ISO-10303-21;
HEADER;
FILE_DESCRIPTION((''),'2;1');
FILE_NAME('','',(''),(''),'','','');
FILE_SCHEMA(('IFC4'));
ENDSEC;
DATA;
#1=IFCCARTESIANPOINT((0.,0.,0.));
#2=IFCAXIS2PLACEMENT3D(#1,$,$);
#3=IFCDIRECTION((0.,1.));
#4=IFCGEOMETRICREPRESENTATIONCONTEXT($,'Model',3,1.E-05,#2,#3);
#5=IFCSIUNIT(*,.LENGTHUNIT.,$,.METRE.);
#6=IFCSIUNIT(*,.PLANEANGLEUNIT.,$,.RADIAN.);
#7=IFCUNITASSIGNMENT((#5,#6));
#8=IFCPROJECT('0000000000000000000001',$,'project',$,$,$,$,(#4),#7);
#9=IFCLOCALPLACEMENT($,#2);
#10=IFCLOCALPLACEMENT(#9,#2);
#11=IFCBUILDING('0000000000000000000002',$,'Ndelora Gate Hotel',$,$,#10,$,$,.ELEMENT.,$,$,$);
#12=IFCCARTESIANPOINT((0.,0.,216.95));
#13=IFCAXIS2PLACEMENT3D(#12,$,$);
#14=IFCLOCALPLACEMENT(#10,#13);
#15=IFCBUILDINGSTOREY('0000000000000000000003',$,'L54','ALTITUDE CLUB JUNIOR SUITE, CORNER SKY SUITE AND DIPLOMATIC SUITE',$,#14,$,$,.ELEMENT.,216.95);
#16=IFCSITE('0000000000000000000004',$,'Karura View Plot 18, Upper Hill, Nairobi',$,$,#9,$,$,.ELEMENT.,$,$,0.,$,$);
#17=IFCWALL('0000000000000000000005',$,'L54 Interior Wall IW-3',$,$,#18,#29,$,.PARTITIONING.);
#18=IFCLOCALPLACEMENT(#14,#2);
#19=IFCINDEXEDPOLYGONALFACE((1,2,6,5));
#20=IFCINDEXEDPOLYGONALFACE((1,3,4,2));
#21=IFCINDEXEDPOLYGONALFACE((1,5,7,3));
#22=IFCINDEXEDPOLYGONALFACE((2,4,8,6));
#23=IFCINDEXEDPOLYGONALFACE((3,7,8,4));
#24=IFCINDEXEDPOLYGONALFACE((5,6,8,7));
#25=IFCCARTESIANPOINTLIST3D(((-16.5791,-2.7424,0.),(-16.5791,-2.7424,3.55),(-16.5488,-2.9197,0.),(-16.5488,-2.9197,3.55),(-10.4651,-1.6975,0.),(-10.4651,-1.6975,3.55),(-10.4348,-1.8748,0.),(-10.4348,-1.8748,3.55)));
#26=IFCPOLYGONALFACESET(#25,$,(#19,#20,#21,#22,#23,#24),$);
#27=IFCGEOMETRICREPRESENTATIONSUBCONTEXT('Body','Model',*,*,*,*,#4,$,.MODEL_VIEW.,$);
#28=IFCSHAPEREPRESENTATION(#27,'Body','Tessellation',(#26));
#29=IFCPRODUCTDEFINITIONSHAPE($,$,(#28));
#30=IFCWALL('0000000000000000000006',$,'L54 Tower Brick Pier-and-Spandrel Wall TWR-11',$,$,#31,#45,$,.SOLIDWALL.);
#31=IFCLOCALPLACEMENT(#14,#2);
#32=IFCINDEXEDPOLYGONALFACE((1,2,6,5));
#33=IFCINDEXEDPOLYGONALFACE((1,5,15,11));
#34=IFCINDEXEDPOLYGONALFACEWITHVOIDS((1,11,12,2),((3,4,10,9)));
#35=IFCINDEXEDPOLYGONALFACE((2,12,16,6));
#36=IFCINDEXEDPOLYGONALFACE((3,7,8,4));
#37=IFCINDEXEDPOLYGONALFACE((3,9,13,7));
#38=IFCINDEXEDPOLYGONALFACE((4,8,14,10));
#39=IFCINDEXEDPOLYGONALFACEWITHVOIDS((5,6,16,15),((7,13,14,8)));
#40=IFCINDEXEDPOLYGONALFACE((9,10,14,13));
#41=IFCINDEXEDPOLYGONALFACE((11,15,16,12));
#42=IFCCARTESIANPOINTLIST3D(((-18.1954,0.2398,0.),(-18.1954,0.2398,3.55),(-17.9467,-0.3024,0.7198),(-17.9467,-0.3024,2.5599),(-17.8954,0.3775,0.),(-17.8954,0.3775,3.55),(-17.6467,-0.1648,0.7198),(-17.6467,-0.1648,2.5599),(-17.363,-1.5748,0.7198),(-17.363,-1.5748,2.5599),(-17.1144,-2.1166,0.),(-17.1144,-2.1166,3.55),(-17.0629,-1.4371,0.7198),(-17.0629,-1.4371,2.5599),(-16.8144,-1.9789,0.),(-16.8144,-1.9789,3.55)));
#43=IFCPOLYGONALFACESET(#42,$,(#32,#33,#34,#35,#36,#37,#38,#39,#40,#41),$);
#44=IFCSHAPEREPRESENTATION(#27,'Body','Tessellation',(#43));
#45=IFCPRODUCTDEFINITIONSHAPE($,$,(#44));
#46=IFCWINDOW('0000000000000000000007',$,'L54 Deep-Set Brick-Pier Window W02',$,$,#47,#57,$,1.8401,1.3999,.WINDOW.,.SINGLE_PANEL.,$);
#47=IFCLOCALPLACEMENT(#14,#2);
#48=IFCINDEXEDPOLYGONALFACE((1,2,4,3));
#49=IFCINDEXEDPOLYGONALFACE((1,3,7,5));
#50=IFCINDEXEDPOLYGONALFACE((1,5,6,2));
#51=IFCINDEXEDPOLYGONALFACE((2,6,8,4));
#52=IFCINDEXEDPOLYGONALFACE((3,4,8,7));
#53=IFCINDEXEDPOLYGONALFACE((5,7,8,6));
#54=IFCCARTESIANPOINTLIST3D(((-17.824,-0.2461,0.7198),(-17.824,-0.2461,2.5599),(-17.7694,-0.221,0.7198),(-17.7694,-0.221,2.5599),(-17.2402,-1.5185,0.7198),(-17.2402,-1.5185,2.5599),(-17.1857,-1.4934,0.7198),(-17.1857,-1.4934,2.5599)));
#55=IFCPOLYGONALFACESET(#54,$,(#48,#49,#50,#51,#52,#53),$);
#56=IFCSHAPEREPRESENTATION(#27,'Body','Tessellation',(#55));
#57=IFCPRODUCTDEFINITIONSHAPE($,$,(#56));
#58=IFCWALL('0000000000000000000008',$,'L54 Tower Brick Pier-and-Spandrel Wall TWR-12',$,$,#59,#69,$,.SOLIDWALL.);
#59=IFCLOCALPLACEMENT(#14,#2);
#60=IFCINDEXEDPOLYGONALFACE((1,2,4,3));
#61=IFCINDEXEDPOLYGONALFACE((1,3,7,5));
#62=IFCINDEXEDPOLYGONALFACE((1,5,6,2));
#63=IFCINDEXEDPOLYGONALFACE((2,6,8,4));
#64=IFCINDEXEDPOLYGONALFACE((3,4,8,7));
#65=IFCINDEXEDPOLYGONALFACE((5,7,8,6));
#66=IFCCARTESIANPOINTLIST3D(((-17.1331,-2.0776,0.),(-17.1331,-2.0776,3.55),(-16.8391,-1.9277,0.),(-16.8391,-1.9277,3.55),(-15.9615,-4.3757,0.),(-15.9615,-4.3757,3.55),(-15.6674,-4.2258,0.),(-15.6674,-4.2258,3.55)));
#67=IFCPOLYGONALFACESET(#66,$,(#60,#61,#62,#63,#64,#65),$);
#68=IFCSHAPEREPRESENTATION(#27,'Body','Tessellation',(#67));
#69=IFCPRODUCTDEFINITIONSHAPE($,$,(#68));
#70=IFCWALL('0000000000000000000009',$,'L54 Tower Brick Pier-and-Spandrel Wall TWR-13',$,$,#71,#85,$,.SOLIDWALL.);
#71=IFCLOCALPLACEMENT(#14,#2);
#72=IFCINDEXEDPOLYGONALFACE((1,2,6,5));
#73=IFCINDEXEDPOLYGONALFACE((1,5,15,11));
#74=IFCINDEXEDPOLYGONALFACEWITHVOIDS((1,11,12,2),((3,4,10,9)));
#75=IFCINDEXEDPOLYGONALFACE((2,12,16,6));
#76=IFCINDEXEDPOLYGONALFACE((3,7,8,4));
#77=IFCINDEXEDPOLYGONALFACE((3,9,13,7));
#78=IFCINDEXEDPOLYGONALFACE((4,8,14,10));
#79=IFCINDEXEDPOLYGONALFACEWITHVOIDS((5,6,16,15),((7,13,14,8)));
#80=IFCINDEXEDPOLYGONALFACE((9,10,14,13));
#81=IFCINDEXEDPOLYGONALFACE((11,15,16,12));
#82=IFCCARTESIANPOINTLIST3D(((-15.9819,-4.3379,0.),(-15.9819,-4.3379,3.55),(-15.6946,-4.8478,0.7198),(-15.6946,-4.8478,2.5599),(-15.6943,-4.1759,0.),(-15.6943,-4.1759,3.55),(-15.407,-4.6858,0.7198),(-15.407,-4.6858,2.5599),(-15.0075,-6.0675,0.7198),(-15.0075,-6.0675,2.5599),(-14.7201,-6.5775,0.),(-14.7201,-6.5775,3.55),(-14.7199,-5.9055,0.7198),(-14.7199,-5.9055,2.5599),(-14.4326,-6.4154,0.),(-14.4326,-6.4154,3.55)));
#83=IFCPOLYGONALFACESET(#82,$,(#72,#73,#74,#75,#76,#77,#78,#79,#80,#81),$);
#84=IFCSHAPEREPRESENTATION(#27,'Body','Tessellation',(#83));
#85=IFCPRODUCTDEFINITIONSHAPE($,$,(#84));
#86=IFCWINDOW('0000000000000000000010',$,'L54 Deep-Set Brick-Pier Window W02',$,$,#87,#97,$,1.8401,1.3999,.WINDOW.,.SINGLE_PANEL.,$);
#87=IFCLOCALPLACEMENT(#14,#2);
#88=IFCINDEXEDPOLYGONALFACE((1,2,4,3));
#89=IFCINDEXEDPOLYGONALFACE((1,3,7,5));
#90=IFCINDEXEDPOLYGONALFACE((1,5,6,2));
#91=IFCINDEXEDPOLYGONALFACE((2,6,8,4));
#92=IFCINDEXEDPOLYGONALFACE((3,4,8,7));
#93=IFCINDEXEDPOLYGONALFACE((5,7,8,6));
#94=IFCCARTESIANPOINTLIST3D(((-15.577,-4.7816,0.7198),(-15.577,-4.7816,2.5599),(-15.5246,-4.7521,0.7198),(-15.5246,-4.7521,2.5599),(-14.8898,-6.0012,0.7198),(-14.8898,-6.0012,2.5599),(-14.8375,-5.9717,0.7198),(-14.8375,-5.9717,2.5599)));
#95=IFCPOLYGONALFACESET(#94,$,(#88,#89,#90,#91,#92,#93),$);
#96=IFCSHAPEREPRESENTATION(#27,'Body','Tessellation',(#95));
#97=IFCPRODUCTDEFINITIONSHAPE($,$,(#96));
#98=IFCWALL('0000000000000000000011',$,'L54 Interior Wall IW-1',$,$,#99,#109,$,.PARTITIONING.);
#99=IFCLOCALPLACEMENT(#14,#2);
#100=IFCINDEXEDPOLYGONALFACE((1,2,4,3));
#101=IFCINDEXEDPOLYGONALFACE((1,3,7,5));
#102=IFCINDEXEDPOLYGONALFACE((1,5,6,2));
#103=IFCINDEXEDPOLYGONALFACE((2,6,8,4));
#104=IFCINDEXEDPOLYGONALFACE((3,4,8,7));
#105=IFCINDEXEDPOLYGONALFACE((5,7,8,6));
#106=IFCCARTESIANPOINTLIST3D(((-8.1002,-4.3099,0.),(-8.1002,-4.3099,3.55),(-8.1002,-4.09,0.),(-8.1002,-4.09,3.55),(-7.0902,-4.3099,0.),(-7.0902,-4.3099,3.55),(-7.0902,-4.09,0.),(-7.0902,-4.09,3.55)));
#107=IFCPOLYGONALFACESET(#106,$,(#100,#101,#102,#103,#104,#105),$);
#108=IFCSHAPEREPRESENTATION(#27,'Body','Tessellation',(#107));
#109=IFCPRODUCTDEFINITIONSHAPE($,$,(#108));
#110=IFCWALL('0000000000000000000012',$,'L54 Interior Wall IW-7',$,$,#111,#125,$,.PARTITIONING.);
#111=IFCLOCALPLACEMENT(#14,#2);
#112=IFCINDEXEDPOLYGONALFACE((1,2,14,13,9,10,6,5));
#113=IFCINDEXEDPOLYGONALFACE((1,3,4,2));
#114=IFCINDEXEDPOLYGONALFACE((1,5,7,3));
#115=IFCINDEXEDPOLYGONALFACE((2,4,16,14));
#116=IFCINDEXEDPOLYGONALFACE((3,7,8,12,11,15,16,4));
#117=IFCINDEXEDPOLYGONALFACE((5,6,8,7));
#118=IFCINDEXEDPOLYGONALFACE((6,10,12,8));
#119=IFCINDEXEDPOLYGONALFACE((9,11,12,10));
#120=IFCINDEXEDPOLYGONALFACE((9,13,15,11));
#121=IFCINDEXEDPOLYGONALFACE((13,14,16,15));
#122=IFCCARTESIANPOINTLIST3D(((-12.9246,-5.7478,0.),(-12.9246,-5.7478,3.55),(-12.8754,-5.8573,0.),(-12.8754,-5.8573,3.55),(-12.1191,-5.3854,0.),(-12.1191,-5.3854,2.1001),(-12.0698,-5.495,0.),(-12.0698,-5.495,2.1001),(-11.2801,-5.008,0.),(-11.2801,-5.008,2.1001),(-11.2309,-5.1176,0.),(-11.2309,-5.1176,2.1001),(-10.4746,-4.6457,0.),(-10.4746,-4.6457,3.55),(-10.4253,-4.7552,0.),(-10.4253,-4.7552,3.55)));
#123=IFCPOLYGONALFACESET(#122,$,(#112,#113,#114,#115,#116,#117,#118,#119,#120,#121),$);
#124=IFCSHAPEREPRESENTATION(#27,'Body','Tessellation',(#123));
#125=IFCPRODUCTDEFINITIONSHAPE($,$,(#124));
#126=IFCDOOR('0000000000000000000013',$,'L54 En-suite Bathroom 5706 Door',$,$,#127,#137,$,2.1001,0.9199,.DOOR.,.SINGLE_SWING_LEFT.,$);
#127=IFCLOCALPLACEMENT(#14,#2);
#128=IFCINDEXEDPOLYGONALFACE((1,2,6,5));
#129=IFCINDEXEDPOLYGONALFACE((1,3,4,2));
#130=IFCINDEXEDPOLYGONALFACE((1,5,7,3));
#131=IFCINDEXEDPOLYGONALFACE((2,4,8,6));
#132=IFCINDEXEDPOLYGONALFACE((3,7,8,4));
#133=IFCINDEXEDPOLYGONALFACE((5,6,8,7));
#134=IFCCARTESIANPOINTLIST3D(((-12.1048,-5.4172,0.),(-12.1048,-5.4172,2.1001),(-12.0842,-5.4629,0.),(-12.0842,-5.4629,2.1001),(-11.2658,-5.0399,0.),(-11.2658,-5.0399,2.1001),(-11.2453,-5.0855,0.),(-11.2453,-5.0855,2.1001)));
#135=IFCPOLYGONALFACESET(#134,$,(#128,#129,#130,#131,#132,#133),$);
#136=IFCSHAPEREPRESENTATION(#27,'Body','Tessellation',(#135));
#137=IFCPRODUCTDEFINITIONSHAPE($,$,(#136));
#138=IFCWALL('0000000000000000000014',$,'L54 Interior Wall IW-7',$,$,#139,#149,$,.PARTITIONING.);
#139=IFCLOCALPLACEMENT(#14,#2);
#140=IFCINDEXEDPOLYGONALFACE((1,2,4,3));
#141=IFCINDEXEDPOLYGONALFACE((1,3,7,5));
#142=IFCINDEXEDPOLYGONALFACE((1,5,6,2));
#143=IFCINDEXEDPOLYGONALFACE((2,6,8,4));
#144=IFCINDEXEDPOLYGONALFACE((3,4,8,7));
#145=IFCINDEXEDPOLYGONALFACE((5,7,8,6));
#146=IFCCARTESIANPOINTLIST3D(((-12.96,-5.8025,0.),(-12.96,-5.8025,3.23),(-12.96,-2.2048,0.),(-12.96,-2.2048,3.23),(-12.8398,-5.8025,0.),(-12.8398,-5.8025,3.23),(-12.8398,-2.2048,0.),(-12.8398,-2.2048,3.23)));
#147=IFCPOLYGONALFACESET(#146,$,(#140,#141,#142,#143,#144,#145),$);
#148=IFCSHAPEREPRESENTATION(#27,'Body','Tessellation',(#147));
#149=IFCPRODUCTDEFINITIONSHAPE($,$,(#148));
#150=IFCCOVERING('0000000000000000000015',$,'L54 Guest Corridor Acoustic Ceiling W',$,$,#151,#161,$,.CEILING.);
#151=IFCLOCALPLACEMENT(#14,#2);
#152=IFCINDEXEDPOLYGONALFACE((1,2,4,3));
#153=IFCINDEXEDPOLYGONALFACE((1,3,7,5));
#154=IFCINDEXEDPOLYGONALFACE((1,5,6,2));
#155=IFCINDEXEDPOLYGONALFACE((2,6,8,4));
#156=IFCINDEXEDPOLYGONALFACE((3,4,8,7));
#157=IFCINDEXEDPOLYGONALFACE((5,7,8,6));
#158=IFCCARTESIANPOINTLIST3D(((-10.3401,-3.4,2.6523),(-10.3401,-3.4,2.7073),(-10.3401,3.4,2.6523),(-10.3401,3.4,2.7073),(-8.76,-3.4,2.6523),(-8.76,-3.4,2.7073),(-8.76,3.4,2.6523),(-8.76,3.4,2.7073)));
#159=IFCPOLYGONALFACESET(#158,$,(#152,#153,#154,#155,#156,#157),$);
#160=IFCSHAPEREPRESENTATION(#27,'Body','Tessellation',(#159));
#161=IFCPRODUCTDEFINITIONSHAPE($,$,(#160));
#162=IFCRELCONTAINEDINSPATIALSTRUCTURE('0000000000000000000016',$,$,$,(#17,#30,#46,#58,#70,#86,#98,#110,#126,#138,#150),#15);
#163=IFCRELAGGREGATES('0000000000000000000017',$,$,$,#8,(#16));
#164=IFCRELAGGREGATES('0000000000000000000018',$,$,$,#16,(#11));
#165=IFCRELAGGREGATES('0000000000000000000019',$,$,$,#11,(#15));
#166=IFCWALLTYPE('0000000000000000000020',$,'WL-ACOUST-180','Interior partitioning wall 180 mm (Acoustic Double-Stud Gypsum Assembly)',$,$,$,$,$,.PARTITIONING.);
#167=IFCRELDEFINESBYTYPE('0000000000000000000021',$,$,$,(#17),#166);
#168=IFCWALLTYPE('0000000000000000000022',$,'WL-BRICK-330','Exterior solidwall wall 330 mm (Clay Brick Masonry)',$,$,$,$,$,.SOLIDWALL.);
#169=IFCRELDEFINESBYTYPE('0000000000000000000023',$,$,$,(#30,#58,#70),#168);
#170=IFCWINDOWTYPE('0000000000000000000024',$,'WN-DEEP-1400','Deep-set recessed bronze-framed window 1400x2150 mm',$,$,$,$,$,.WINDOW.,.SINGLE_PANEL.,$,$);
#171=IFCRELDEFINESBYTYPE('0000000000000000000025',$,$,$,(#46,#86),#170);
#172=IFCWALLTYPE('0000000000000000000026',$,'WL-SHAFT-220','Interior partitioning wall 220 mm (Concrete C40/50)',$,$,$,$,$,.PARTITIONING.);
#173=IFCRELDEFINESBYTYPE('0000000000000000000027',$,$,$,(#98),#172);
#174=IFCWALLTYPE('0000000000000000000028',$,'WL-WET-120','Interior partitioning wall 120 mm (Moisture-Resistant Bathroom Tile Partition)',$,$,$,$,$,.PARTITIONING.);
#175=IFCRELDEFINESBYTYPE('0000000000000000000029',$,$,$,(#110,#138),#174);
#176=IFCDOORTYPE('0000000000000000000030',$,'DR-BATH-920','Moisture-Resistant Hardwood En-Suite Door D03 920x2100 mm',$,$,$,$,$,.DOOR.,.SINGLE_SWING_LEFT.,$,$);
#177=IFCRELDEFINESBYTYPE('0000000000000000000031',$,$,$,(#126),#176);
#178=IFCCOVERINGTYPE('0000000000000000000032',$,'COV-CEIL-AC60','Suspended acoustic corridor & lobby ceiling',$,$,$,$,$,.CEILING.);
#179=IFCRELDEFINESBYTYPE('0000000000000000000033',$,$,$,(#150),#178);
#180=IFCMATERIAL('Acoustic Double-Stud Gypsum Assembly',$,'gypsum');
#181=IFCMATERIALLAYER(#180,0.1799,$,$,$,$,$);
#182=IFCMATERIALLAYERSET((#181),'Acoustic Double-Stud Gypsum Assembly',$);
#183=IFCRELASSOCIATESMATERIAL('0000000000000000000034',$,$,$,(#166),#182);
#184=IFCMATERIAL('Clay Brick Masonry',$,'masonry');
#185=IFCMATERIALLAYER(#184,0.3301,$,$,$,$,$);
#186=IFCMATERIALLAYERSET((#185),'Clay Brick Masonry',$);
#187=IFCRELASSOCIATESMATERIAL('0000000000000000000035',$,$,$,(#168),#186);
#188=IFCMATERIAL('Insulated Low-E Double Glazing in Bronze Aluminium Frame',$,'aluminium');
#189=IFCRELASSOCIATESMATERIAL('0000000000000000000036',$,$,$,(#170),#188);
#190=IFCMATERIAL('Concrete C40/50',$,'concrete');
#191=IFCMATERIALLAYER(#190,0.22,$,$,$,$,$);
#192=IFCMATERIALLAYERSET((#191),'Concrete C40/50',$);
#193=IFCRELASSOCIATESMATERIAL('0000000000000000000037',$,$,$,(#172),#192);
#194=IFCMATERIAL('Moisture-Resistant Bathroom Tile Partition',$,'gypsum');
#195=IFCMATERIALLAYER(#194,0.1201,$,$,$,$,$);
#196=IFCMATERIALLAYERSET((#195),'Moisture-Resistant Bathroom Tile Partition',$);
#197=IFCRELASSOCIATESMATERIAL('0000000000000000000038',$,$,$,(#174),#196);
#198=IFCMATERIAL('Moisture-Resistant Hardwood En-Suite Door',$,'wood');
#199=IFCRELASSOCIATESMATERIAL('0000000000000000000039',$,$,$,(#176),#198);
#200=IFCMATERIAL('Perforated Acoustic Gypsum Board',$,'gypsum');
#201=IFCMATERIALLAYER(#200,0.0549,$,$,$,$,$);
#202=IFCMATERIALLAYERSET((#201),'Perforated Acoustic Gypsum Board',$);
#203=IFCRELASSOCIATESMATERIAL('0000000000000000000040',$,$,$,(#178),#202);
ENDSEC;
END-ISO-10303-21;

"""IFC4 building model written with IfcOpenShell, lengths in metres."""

from ifc_helpers import new_model, si_unit, direction, frame, frame_2d, origin, origin_2d, place, context, subcontext, project, spatial, rectangle, extrude, material, layer, layer_set, type_object, element, fill, save


model = new_model("IFC4")

# Units and contexts
model_context = context("Model", 3, precision=1e-05, world=origin(), true_north=direction((0.0, 1.0)))
body_context = subcontext(model_context, "Body", "Model", "MODEL_VIEW")
ifc_project = project(units=[si_unit("LENGTHUNIT", "METRE"), si_unit("PLANEANGLEUNIT", "RADIAN")], contexts=[model_context])

# Site, building, storey
site_placement = place(None, origin())
site = spatial("IfcSite", under=ifc_project, at=site_placement, Name="Karura View Plot 18, Upper Hill, Nairobi", CompositionType="ELEMENT", RefElevation=0.0)
building_placement = place(site_placement, origin())
building = spatial("IfcBuilding", under=site, at=building_placement, Name="Ndelora Gate Hotel", CompositionType="ELEMENT")
storey_placement = place(building_placement, frame((0.0, 0.0, 216.95)))
storey = spatial("IfcBuildingStorey", under=building, at=storey_placement, Name="L54", Description="ALTITUDE CLUB JUNIOR SUITE, CORNER SKY SUITE AND DIPLOMATIC SUITE", CompositionType="ELEMENT", Elevation=216.95)

# Wall
ifc_material_1 = material(Name="Acoustic Double-Stud Gypsum Assembly", Category="gypsum")
ifc_layer_1 = layer(ifc_material_1, 0.1799)
ifc_layer_set_1 = layer_set([ifc_layer_1], Name="Acoustic Double-Stud Gypsum Assembly")
wall_type_1 = type_object("IfcWallType", Name="WL-ACOUST-180", Description="Interior partitioning wall 180 mm (Acoustic Double-Stud Gypsum Assembly)", PredefinedType="PARTITIONING", material=ifc_layer_set_1)
wall_1_placement = place(storey_placement, frame((-10.45, -1.7861, 0.0), z_axis=(0.0, 0.0, 1.0), x_axis=(-0.985708, -0.168463, 0.0)))
element("IfcWall", 1, at=wall_1_placement, inside=storey, type_object=wall_type_1, Name="L54 Interior Wall IW-3", PredefinedType="PARTITIONING", context=body_context, shape_type="SweptSolid", body=[
    extrude(rectangle(XDim=6.2026, YDim=0.1799, at=frame_2d((3.1013, 0.0))), origin(), (0.0, 0.0, 1.0), 3.55),
])

# Wall, opening, window
ifc_material_2 = material(Name="Clay Brick Masonry", Category="masonry")
ifc_layer_2 = layer(ifc_material_2, 0.3301)
ifc_layer_set_2 = layer_set([ifc_layer_2], Name="Clay Brick Masonry")
wall_type_2 = type_object("IfcWallType", Name="WL-BRICK-330", Description="Exterior solidwall wall 330 mm (Clay Brick Masonry)", PredefinedType="SOLIDWALL", material=ifc_layer_set_2)
wall_2_placement = place(storey_placement, frame((-16.9644, -2.0479, 0.0), z_axis=(0.0, 0.0, 1.0), x_axis=(-0.416979, 0.908916, 0.0)))
wall_2 = element("IfcWall", 2, at=wall_2_placement, inside=storey, type_object=wall_type_2, Name="L54 Tower Brick Pier-and-Spandrel Wall TWR-11", PredefinedType="SOLIDWALL", context=body_context, shape_type="SweptSolid", body=[
    extrude(rectangle(XDim=2.5925, YDim=0.3301, at=frame_2d((1.2964, 0.0))), origin(), (0.0, 0.0, 1.0), 3.55),
])
opening_1_placement = place(wall_2_placement, frame((0.5962, 0.0, 0.72)))
opening_1 = element("IfcOpeningElement", 3, at=opening_1_placement, cuts=wall_2, PredefinedType="OPENING", context=body_context, shape_type="SweptSolid", body=[
    extrude(rectangle(XDim=1.3999, YDim=1.8401, at=frame_2d((0.7, 0.9199))), frame((0.0, 0.175, 0.0), z_axis=(0.0, -1.0, 0.0), x_axis=(1.0, 0.0, 0.0)), (0.0, 0.0, 1.0), 0.3501),
])
ifc_material_3 = material(Name="Insulated Low-E Double Glazing in Bronze Aluminium Frame", Category="aluminium")
window_type = type_object("IfcWindowType", Name="WN-DEEP-1400", Description="Deep-set recessed bronze-framed window 1400x2150 mm", PartitioningType="SINGLE_PANEL", PredefinedType="WINDOW", material=ifc_material_3)
window_1_placement = place(opening_1_placement, origin())
window_1 = element("IfcWindow", 4, at=window_1_placement, inside=storey, type_object=window_type, Name="L54 Deep-Set Brick-Pier Window W02", OverallHeight=1.8401, OverallWidth=1.3999, PartitioningType="SINGLE_PANEL", PredefinedType="WINDOW", context=body_context, shape_type="SweptSolid", body=[
    extrude(rectangle(XDim=1.3999, YDim=1.8401, at=frame_2d((0.7, 0.9199))), frame((0.0, 0.03, 0.0), z_axis=(0.0, -1.0, 0.0), x_axis=(1.0, 0.0, 0.0)), (0.0, 0.0, 1.0), 0.0601),
])
fill(opening_1, window_1)

# Wall
wall_3_placement = place(storey_placement, frame((-15.8145, -4.3008, 0.0), z_axis=(0.0, 0.0, 1.0), x_axis=(-0.454204, 0.890898, 0.0)))
element("IfcWall", 5, at=wall_3_placement, inside=storey, type_object=wall_type_2, Name="L54 Tower Brick Pier-and-Spandrel Wall TWR-12", PredefinedType="SOLIDWALL", context=body_context, shape_type="SweptSolid", body=[
    extrude(rectangle(XDim=2.5796, YDim=0.3301, at=frame_2d((1.2898, 0.0))), origin(), (0.0, 0.0, 1.0), 3.55),
])

# Wall, opening, window
wall_4_placement = place(storey_placement, frame((-14.5764, -6.4963, 0.0), z_axis=(0.0, 0.0, 1.0), x_axis=(-0.490852, 0.871243, 0.0)))
wall_4 = element("IfcWall", 6, at=wall_4_placement, inside=storey, type_object=wall_type_2, Name="L54 Tower Brick Pier-and-Spandrel Wall TWR-13", PredefinedType="SOLIDWALL", context=body_context, shape_type="SweptSolid", body=[
    extrude(rectangle(XDim=2.5706, YDim=0.3301, at=frame_2d((1.2852, 0.0))), origin(), (0.0, 0.0, 1.0), 3.55),
])
opening_2_placement = place(wall_4_placement, frame((0.5852, 0.0, 0.72)))
opening_2 = element("IfcOpeningElement", 7, at=opening_2_placement, cuts=wall_4, PredefinedType="OPENING", context=body_context, shape_type="SweptSolid", body=[
    extrude(rectangle(XDim=1.3999, YDim=1.8401, at=frame_2d((0.7, 0.9199))), frame((0.0, 0.175, 0.0), z_axis=(0.0, -1.0, 0.0), x_axis=(1.0, 0.0, 0.0)), (0.0, 0.0, 1.0), 0.3501),
])
window_2_placement = place(opening_2_placement, origin())
window_2 = element("IfcWindow", 8, at=window_2_placement, inside=storey, type_object=window_type, Name="L54 Deep-Set Brick-Pier Window W02", OverallHeight=1.8401, OverallWidth=1.3999, PartitioningType="SINGLE_PANEL", PredefinedType="WINDOW", context=body_context, shape_type="SweptSolid", body=[
    extrude(rectangle(XDim=1.3999, YDim=1.8401, at=frame_2d((0.7, 0.9199))), frame((0.0, 0.03, 0.0), z_axis=(0.0, -1.0, 0.0), x_axis=(1.0, 0.0, 0.0)), (0.0, 0.0, 1.0), 0.0601),
])
fill(opening_2, window_2)

# Wall
ifc_material_4 = material(Name="Concrete C40/50", Category="concrete")
ifc_layer_3 = layer(ifc_material_4, 0.22)
ifc_layer_set_3 = layer_set([ifc_layer_3], Name="Concrete C40/50")
wall_type_3 = type_object("IfcWallType", Name="WL-SHAFT-220", Description="Interior partitioning wall 220 mm (Concrete C40/50)", PredefinedType="PARTITIONING", material=ifc_layer_set_3)
wall_5_placement = place(storey_placement, frame((-8.1001, -4.2, 0.0), z_axis=(0.0, 0.0, 1.0), x_axis=(1.0, 0.0, 0.0)))
element("IfcWall", 9, at=wall_5_placement, inside=storey, type_object=wall_type_3, Name="L54 Interior Wall IW-1", PredefinedType="PARTITIONING", context=body_context, shape_type="SweptSolid", body=[
    extrude(rectangle(XDim=1.01, YDim=0.22, at=frame_2d((0.5049, 0.0))), origin(), (0.0, 0.0, 1.0), 3.55),
])

# Wall, opening, door
ifc_material_5 = material(Name="Moisture-Resistant Bathroom Tile Partition", Category="gypsum")
ifc_layer_4 = layer(ifc_material_5, 0.1201)
ifc_layer_set_4 = layer_set([ifc_layer_4], Name="Moisture-Resistant Bathroom Tile Partition")
wall_type_4 = type_object("IfcWallType", Name="WL-WET-120", Description="Interior partitioning wall 120 mm (Moisture-Resistant Bathroom Tile Partition)", PredefinedType="PARTITIONING", material=ifc_layer_set_4)
wall_6_placement = place(storey_placement, frame((-10.45, -4.7004, 0.0), z_axis=(0.0, 0.0, 1.0), x_axis=(-0.911981, -0.410232, 0.0)))
wall_6 = element("IfcWall", 10, at=wall_6_placement, inside=storey, type_object=wall_type_4, Name="L54 Interior Wall IW-7", PredefinedType="PARTITIONING", context=body_context, shape_type="SweptSolid", body=[
    extrude(rectangle(XDim=2.6865, YDim=0.1201, at=frame_2d((1.3433, 0.0))), origin(), (0.0, 0.0, 1.0), 3.55),
])
opening_3_placement = place(wall_6_placement, frame((0.8833, 0.0, 0.0)))
opening_3 = element("IfcOpeningElement", 11, at=opening_3_placement, cuts=wall_6, PredefinedType="OPENING", context=body_context, shape_type="SweptSolid", body=[
    extrude(rectangle(XDim=0.9199, YDim=2.1001, at=frame_2d((0.46, 1.05))), frame((0.0, 0.0701, 0.0), z_axis=(0.0, -1.0, 0.0), x_axis=(1.0, 0.0, 0.0)), (0.0, 0.0, 1.0), 0.1401),
])
ifc_material_6 = material(Name="Moisture-Resistant Hardwood En-Suite Door", Category="wood")
door_type = type_object("IfcDoorType", Name="DR-BATH-920", Description="Moisture-Resistant Hardwood En-Suite Door D03 920x2100 mm", OperationType="SINGLE_SWING_LEFT", PredefinedType="DOOR", material=ifc_material_6)
door_placement = place(opening_3_placement, origin())
door = element("IfcDoor", 12, at=door_placement, inside=storey, type_object=door_type, Name="L54 En-suite Bathroom 5706 Door", OperationType="SINGLE_SWING_LEFT", OverallHeight=2.1001, OverallWidth=0.9199, PredefinedType="DOOR", context=body_context, shape_type="SweptSolid", body=[
    extrude(rectangle(XDim=0.9199, YDim=2.1001, at=frame_2d((0.46, 1.05))), frame((0.0, 0.0249, 0.0), z_axis=(0.0, -1.0, 0.0), x_axis=(1.0, 0.0, 0.0)), (0.0, 0.0, 1.0), 0.05),
])
fill(opening_3, door)

# Wall
wall_7_placement = place(storey_placement, frame((-12.8999, -2.2048, 0.0), z_axis=(0.0, 0.0, 1.0), x_axis=(0.0, -1.0, 0.0)))
element("IfcWall", 13, at=wall_7_placement, inside=storey, type_object=wall_type_4, Name="L54 Interior Wall IW-7", PredefinedType="PARTITIONING", context=body_context, shape_type="SweptSolid", body=[
    extrude(rectangle(XDim=3.5977, YDim=0.1201, at=frame_2d((1.7988, 0.0))), origin(), (0.0, 0.0, 1.0), 3.23),
])

# Covering
ifc_material_7 = material(Name="Perforated Acoustic Gypsum Board", Category="gypsum")
ifc_layer_5 = layer(ifc_material_7, 0.0549)
ifc_layer_set_5 = layer_set([ifc_layer_5], Name="Perforated Acoustic Gypsum Board")
covering_type_1 = type_object("IfcCoveringType", Name="COV-CEIL-AC60", Description="Suspended acoustic corridor & lobby ceiling", PredefinedType="CEILING", material=ifc_layer_set_5)
covering_1_placement = place(storey_placement, frame((-9.55, 0.0, 2.6523), z_axis=(0.0, 0.0, 1.0), x_axis=(1.0, 0.0, 0.0)))
element("IfcCovering", 14, at=covering_1_placement, inside=storey, type_object=covering_type_1, Name="L54 Guest Corridor Acoustic Ceiling W", PredefinedType="CEILING", context=body_context, shape_type="SweptSolid", body=[
    extrude(rectangle(XDim=1.5801, YDim=6.8, at=origin_2d()), origin(), (0.0, 0.0, 1.0), 0.0549),
])

save(model, "model.ifc")
